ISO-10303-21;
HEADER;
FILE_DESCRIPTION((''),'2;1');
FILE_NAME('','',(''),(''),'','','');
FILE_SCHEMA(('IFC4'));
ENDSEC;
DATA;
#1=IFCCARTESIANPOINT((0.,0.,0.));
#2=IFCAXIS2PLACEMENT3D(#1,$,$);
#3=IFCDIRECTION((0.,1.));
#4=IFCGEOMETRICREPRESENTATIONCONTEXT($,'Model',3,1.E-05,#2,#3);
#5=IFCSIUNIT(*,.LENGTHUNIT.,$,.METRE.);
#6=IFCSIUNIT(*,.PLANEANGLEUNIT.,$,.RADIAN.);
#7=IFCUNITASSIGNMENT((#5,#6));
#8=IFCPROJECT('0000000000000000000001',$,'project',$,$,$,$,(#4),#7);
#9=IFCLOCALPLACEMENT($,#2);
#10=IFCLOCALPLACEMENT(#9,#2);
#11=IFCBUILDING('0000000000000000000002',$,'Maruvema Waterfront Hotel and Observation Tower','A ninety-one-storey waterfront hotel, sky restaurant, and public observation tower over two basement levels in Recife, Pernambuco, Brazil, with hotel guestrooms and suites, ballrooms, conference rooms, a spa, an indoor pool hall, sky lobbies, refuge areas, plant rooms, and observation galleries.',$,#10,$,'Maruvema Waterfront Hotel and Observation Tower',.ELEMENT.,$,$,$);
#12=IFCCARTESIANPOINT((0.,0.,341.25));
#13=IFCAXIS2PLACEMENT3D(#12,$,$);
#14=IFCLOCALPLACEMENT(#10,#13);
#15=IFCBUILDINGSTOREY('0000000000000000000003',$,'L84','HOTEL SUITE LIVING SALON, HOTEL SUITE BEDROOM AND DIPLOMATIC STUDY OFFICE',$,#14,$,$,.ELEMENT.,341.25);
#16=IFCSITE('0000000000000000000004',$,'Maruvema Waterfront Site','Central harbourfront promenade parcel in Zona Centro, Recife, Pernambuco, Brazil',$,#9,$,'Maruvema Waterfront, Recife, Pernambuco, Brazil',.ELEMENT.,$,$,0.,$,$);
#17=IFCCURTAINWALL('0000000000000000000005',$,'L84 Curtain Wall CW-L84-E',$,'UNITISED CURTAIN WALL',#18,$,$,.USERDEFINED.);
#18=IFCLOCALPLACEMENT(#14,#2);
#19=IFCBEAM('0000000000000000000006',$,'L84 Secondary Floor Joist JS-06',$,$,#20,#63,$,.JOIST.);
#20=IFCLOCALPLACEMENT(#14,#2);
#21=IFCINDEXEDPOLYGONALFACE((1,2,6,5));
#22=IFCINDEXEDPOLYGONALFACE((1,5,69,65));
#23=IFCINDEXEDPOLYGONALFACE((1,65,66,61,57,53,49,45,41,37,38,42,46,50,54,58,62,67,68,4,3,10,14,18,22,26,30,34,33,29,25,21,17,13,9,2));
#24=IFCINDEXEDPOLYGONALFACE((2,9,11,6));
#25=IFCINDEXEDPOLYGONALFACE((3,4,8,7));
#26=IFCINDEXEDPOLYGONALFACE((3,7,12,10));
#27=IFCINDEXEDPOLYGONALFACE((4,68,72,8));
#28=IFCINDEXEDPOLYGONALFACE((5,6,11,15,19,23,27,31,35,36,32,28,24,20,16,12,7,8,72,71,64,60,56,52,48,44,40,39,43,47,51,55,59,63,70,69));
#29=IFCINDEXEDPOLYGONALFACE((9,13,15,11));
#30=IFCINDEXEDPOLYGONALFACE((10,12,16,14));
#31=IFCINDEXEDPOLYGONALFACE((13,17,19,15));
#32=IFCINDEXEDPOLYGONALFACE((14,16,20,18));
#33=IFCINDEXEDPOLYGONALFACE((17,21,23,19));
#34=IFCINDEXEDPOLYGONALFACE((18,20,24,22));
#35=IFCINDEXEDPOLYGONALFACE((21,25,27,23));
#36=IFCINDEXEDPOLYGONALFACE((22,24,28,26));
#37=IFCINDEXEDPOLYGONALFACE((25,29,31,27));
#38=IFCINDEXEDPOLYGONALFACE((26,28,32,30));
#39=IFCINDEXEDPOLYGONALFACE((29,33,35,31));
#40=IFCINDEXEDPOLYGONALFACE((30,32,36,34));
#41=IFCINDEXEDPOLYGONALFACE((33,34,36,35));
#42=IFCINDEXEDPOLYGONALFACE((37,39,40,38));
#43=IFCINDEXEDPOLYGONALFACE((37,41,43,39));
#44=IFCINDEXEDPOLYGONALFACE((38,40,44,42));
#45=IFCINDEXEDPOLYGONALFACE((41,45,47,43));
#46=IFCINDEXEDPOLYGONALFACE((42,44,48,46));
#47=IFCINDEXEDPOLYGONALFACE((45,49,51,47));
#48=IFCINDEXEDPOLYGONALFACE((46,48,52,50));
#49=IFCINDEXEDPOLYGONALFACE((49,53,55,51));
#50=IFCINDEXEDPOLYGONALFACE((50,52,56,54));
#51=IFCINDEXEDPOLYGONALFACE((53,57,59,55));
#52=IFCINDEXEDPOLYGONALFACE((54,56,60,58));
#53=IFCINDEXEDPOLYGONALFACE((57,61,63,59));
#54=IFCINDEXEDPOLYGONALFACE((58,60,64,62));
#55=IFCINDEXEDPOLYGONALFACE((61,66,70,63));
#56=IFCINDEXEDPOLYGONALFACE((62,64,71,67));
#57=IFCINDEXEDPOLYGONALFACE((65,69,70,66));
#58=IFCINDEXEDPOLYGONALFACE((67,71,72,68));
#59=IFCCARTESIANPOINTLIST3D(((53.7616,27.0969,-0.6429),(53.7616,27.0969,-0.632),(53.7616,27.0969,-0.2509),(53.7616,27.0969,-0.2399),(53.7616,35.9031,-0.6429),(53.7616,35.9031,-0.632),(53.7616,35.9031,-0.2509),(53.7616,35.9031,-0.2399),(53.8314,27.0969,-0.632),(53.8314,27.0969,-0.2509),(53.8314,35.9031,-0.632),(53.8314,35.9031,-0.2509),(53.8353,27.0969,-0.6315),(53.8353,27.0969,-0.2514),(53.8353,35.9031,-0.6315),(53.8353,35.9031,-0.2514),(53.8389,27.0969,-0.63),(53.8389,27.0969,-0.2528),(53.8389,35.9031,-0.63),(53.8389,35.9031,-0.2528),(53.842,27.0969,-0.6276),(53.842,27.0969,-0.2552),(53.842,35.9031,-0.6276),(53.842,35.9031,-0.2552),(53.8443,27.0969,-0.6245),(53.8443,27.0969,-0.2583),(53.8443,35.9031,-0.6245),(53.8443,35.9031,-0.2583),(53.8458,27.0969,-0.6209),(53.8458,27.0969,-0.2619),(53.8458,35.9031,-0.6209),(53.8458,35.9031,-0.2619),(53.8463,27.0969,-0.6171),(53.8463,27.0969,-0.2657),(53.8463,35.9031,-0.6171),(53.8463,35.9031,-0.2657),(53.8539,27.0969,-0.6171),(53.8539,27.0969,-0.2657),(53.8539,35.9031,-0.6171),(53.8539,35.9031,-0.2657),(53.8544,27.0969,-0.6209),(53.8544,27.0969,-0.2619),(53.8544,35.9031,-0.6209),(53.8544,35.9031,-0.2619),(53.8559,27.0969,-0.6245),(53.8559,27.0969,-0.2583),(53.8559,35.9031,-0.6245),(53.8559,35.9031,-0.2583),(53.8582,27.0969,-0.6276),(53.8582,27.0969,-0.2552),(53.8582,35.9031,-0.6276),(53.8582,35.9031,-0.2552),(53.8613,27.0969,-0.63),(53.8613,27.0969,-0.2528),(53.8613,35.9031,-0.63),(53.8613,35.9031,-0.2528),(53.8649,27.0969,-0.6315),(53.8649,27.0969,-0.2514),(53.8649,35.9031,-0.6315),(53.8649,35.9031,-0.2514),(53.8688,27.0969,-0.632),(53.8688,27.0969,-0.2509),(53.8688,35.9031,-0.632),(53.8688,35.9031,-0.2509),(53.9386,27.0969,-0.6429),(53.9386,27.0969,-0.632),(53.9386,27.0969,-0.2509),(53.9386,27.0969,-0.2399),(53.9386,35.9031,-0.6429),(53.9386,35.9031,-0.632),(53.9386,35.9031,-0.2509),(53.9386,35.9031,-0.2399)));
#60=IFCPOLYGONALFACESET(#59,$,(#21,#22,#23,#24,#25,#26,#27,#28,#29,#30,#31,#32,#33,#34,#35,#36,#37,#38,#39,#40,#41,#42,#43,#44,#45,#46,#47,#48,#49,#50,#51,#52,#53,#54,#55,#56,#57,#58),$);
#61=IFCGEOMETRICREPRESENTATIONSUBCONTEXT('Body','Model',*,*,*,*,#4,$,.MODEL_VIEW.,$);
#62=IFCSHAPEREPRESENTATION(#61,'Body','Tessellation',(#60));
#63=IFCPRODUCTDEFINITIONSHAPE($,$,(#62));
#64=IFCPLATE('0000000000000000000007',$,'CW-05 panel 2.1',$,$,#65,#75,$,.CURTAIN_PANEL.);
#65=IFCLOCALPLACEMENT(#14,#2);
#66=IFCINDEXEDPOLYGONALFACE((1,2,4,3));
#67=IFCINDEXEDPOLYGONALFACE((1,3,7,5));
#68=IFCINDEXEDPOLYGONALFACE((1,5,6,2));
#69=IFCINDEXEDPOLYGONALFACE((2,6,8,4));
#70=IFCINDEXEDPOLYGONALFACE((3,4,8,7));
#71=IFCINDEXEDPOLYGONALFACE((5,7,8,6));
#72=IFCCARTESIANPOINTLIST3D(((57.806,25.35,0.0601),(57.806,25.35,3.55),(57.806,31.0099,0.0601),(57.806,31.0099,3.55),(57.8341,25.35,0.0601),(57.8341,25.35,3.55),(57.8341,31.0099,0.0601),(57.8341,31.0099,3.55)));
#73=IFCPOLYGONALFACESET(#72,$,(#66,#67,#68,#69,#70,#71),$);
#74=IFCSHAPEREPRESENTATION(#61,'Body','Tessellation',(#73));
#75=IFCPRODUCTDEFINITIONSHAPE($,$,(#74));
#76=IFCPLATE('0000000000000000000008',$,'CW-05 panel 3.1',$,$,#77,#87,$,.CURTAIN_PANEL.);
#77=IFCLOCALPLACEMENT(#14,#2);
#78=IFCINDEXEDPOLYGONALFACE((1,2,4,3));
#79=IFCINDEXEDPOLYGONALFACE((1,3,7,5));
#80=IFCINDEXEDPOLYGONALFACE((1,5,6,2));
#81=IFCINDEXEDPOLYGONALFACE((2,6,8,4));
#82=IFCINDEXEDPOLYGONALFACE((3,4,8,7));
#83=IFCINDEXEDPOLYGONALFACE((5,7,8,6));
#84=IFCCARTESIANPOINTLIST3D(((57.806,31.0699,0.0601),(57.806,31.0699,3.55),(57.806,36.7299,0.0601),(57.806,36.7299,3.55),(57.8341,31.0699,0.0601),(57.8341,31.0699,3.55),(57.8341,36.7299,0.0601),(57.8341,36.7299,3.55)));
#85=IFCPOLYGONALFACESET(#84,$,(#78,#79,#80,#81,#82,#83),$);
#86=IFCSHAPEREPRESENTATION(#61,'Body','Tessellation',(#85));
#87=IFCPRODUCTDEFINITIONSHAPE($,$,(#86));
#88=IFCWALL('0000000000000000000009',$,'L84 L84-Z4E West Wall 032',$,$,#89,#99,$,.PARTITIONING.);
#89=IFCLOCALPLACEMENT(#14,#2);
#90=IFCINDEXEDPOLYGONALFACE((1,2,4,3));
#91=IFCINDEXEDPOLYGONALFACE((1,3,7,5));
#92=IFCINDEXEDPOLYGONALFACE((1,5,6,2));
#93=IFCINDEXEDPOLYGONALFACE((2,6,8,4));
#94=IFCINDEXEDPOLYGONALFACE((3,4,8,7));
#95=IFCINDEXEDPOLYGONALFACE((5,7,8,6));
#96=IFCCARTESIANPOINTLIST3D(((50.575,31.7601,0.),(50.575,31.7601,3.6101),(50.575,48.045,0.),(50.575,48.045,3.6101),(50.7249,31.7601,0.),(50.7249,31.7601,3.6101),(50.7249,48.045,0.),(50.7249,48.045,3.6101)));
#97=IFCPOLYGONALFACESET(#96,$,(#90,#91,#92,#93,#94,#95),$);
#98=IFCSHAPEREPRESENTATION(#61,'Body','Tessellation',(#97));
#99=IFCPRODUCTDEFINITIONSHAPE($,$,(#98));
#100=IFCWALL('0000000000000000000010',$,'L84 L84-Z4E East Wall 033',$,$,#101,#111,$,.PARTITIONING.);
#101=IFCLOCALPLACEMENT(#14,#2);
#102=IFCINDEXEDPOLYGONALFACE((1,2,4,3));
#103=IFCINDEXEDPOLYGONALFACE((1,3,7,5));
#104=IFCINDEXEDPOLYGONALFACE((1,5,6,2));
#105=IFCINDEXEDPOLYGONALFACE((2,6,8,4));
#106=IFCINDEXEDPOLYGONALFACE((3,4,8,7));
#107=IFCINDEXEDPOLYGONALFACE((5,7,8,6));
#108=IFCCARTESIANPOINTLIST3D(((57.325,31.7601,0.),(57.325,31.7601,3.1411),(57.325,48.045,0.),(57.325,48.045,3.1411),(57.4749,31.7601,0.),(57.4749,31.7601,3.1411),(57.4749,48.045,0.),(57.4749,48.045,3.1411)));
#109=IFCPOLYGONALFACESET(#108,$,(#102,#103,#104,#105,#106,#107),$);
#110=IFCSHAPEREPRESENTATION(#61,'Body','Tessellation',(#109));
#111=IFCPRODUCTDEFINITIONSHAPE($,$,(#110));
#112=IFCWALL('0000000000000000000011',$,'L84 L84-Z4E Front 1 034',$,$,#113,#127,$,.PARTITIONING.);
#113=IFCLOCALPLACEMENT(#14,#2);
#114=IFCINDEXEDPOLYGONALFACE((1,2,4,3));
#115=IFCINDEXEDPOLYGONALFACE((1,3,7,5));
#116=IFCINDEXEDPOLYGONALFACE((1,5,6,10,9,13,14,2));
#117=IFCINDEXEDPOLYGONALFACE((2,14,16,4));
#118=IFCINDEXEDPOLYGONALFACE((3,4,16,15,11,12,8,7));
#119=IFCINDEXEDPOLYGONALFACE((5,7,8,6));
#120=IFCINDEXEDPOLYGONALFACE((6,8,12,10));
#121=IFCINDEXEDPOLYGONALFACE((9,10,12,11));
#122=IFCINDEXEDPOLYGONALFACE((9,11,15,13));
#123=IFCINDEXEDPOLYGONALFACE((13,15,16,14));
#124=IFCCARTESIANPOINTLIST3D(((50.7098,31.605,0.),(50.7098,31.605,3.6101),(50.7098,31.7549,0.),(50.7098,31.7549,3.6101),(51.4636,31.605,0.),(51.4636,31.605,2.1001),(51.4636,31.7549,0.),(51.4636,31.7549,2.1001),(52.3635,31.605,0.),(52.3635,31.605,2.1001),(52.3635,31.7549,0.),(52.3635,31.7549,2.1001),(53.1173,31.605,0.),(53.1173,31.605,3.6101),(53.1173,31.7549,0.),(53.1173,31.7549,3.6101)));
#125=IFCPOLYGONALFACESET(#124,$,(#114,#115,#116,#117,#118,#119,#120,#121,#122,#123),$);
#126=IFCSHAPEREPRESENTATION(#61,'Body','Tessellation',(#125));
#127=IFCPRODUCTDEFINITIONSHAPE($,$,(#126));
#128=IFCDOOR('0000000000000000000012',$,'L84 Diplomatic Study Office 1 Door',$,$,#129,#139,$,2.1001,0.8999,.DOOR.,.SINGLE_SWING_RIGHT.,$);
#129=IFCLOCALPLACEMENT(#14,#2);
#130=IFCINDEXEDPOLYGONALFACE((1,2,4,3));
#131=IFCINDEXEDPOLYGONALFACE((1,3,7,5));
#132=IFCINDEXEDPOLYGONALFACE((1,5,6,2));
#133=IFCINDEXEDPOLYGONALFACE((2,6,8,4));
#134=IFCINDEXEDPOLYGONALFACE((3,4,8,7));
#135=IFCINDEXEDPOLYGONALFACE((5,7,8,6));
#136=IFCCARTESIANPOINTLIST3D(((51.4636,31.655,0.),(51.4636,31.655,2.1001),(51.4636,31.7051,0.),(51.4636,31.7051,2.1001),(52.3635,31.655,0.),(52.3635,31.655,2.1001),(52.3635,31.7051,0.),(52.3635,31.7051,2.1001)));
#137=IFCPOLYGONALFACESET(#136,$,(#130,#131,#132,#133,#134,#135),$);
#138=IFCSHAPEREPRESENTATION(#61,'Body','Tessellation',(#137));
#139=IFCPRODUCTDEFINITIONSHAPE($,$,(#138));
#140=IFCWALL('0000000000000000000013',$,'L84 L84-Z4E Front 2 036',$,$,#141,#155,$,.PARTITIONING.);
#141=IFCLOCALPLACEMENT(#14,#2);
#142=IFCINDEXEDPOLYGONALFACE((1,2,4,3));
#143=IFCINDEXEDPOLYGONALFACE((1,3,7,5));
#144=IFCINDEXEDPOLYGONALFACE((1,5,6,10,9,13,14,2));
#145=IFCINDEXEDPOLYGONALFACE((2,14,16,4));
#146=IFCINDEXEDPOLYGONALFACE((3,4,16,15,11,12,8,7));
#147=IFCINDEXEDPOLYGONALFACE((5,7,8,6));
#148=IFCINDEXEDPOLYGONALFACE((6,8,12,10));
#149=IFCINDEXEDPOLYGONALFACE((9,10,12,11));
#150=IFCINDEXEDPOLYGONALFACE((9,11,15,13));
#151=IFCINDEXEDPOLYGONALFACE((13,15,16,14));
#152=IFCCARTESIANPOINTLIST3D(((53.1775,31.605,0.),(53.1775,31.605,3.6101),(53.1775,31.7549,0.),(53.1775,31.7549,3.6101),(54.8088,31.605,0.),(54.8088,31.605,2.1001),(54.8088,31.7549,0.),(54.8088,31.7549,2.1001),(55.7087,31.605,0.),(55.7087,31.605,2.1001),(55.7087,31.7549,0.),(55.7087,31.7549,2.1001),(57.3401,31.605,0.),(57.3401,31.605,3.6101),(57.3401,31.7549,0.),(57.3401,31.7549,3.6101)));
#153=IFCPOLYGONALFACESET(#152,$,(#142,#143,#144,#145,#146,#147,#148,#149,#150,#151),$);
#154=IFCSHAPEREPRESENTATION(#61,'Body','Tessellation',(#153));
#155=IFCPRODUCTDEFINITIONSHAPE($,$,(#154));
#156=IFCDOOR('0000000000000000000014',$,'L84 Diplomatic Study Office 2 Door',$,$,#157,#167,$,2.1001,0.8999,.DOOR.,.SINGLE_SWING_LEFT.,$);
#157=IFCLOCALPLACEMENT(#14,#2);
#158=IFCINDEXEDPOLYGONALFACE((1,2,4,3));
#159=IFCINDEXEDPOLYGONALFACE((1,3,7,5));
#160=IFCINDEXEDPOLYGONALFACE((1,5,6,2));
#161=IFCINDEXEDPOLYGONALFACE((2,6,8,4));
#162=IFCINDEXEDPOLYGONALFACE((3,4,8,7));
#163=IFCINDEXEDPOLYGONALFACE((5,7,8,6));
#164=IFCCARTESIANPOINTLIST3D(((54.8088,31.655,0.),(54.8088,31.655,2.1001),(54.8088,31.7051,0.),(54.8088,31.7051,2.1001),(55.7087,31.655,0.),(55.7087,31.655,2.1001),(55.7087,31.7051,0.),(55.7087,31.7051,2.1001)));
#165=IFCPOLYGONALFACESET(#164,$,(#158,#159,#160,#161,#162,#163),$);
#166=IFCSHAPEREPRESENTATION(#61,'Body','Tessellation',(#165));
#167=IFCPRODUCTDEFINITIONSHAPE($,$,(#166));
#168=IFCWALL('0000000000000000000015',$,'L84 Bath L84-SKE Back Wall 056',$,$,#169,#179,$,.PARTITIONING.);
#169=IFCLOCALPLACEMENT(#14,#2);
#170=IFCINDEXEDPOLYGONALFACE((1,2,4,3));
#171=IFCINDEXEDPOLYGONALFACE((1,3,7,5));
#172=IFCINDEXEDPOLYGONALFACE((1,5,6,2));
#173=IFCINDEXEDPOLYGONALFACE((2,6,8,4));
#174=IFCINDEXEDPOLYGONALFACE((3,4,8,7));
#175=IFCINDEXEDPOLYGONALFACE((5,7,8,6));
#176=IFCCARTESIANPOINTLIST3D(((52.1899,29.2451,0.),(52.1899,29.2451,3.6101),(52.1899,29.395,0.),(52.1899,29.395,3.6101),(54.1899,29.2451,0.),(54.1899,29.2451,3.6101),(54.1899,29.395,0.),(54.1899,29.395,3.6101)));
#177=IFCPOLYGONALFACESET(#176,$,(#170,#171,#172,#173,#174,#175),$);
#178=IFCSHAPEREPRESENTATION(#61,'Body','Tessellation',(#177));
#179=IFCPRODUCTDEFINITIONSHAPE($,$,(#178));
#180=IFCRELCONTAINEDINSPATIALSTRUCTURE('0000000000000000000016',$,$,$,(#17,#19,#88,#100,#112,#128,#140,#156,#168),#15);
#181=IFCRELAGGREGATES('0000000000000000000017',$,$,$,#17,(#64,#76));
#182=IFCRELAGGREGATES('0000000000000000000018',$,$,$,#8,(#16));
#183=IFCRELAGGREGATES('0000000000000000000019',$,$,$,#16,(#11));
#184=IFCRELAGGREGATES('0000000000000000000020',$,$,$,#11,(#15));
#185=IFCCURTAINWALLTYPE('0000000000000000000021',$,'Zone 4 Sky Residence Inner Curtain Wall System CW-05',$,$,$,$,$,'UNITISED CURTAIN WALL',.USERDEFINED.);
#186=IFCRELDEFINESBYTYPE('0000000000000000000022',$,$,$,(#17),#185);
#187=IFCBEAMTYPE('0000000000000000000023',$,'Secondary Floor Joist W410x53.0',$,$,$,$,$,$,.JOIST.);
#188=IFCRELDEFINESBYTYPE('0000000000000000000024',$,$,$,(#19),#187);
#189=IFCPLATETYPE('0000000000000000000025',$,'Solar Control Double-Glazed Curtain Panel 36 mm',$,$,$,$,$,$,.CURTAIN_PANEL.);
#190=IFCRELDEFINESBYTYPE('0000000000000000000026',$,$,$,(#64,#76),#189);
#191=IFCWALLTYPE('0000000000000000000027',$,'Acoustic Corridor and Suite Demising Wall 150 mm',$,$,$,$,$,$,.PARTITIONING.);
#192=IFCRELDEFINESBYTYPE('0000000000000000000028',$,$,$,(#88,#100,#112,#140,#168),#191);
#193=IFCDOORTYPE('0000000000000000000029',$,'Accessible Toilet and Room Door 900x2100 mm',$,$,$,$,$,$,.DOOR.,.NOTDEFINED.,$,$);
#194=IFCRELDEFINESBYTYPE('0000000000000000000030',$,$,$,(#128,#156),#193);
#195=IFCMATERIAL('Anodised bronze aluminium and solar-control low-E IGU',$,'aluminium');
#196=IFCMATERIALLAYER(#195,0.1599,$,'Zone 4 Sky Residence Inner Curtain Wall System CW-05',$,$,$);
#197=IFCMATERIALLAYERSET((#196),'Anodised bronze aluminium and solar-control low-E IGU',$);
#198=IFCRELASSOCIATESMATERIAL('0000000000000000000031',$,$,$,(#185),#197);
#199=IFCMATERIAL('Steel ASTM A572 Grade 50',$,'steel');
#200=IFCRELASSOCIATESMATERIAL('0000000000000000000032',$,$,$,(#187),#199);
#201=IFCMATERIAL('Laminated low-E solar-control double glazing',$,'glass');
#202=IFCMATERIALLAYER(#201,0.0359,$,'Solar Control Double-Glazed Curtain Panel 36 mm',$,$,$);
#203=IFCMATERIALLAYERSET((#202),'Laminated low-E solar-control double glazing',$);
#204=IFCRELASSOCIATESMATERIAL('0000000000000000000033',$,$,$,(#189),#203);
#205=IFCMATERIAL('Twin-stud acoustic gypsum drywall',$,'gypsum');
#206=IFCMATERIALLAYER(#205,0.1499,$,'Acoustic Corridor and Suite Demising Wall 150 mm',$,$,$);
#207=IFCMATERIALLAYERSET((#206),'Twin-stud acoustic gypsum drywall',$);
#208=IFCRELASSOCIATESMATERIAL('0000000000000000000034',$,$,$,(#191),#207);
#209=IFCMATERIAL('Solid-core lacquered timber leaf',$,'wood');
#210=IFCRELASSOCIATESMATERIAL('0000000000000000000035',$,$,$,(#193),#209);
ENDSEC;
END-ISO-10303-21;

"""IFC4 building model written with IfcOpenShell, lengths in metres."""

from ifc_helpers import new_model, si_unit, direction, frame, frame_2d, origin, origin_2d, place, context, subcontext, project, spatial, rectangle, i_section, extrude, material, layer, layer_set, material_profile, profile_set, type_object, element, fill, aggregate, save


model = new_model("IFC4")

# Units and contexts
model_context = context("Model", 3, precision=1e-05, world=origin(), true_north=direction((0.0, 1.0)))
body_context = subcontext(model_context, "Body", "Model", "MODEL_VIEW")
ifc_project = project(units=[si_unit("LENGTHUNIT", "METRE"), si_unit("PLANEANGLEUNIT", "RADIAN")], contexts=[model_context])

# Site, building, storey
site_placement = place(None, origin())
site = spatial("IfcSite", under=ifc_project, at=site_placement, Name="Maruvema Waterfront Site", Description="Central harbourfront promenade parcel in Zona Centro, Recife, Pernambuco, Brazil", LongName="Maruvema Waterfront, Recife, Pernambuco, Brazil", CompositionType="ELEMENT", RefElevation=0.0)
building_placement = place(site_placement, origin())
building = spatial("IfcBuilding", under=site, at=building_placement, Name="Maruvema Waterfront Hotel and Observation Tower", Description="A ninety-one-storey waterfront hotel, sky restaurant, and public observation tower over two basement levels in Recife, Pernambuco, Brazil, with hotel guestrooms and suites, ballrooms, conference rooms, a spa, an indoor pool hall, sky lobbies, refuge areas, plant rooms, and observation galleries.", LongName="Maruvema Waterfront Hotel and Observation Tower", CompositionType="ELEMENT")
storey_placement = place(building_placement, frame((0.0, 0.0, 341.25)))
storey = spatial("IfcBuildingStorey", under=building, at=storey_placement, Name="L84", Description="HOTEL SUITE LIVING SALON, HOTEL SUITE BEDROOM AND DIPLOMATIC STUDY OFFICE", CompositionType="ELEMENT", Elevation=341.25)

# Curtain wall
ifc_material_1 = material(Name="Anodised bronze aluminium and solar-control low-E IGU", Category="aluminium")
ifc_layer_1 = layer(ifc_material_1, 0.1599, Name="Zone 4 Sky Residence Inner Curtain Wall System CW-05")
ifc_layer_set_1 = layer_set([ifc_layer_1], Name="Anodised bronze aluminium and solar-control low-E IGU")
curtain_wall_type = type_object("IfcCurtainWallType", Name="Zone 4 Sky Residence Inner Curtain Wall System CW-05", ElementType="UNITISED CURTAIN WALL", PredefinedType="USERDEFINED", material=ifc_layer_set_1)
curtain_wall_placement = place(storey_placement, origin())
curtain_wall = element("IfcCurtainWall", 1, at=curtain_wall_placement, inside=storey, type_object=curtain_wall_type, Name="L84 Curtain Wall CW-L84-E", ObjectType="UNITISED CURTAIN WALL", PredefinedType="USERDEFINED")

# Beam
ifc_material_2 = material(Name="Steel ASTM A572 Grade 50", Category="steel")
ifc_material_profile_1 = material_profile(ifc_material_2, i_section(OverallWidth=0.177, OverallDepth=0.4031, WebThickness=0.0076, FlangeThickness=0.011, FilletRadius=0.0149, at=origin_2d()), Name="W410x53.0")
ifc_profile_set_1 = profile_set([ifc_material_profile_1], Name="Steel ASTM A572 Grade 50")
beam_type_1 = type_object("IfcBeamType", Name="Secondary Floor Joist W410x53.0", PredefinedType="JOIST", material=ifc_profile_set_1)
beam_1_placement = place(storey_placement, frame((53.8501, 27.0969, -0.4414), z_axis=(0.0, 1.0, 0.0), x_axis=(-1.0, 0.0, 0.0)))
element("IfcBeam", 2, at=beam_1_placement, inside=storey, type_object=beam_type_1, Name="L84 Secondary Floor Joist JS-06", PredefinedType="JOIST", context=body_context, shape_type="SweptSolid", body=[
    extrude(i_section(OverallWidth=0.177, OverallDepth=0.4031, WebThickness=0.0076, FlangeThickness=0.011, FilletRadius=0.0149, at=origin_2d()), origin(), (0.0, 0.0, 1.0), 8.8062),
])

# Plates
ifc_material_3 = material(Name="Laminated low-E solar-control double glazing", Category="glass")
ifc_layer_2 = layer(ifc_material_3, 0.0359, Name="Solar Control Double-Glazed Curtain Panel 36 mm")
ifc_layer_set_2 = layer_set([ifc_layer_2], Name="Laminated low-E solar-control double glazing")
plate_type = type_object("IfcPlateType", Name="Solar Control Double-Glazed Curtain Panel 36 mm", PredefinedType="CURTAIN_PANEL", material=ifc_layer_set_2)
plate_1_placement = place(storey_placement, frame((57.8201, 28.1799, 0.0601), z_axis=(0.0, 0.0, 1.0), x_axis=(0.0, 1.0, 0.0)))
plate_1 = element("IfcPlate", 3, at=plate_1_placement, type_object=plate_type, Name="CW-05 panel 2.1", PredefinedType="CURTAIN_PANEL", context=body_context, shape_type="SweptSolid", body=[
    extrude(rectangle(XDim=5.6599, YDim=0.0281, at=origin_2d()), origin(), (0.0, 0.0, 1.0), 3.49),
])
plate_2_placement = place(storey_placement, frame((57.8201, 33.8999, 0.0601), z_axis=(0.0, 0.0, 1.0), x_axis=(0.0, 1.0, 0.0)))
plate_2 = element("IfcPlate", 4, at=plate_2_placement, type_object=plate_type, Name="CW-05 panel 3.1", PredefinedType="CURTAIN_PANEL", context=body_context, shape_type="SweptSolid", body=[
    extrude(rectangle(XDim=5.6599, YDim=0.0281, at=origin_2d()), origin(), (0.0, 0.0, 1.0), 3.49),
])
aggregate(curtain_wall, [plate_1, plate_2])

# Walls
ifc_material_4 = material(Name="Twin-stud acoustic gypsum drywall", Category="gypsum")
ifc_layer_3 = layer(ifc_material_4, 0.1499, Name="Acoustic Corridor and Suite Demising Wall 150 mm")
ifc_layer_set_3 = layer_set([ifc_layer_3], Name="Twin-stud acoustic gypsum drywall")
wall_type_1 = type_object("IfcWallType", Name="Acoustic Corridor and Suite Demising Wall 150 mm", PredefinedType="PARTITIONING", material=ifc_layer_set_3)
wall_1_placement = place(storey_placement, frame((50.6499, 31.76, 0.0), z_axis=(0.0, 0.0, 1.0), x_axis=(0.0, 1.0, 0.0)))
element("IfcWall", 5, at=wall_1_placement, inside=storey, type_object=wall_type_1, Name="L84 L84-Z4E West Wall 032", PredefinedType="PARTITIONING", context=body_context, shape_type="SweptSolid", body=[
    extrude(rectangle(XDim=16.2849, YDim=0.1499, at=frame_2d((8.1426, 0.0))), origin(), (0.0, 0.0, 1.0), 3.6101),
])
wall_2_placement = place(storey_placement, frame((57.3999, 31.76, 0.0), z_axis=(0.0, 0.0, 1.0), x_axis=(0.0, 1.0, 0.0)))
element("IfcWall", 6, at=wall_2_placement, inside=storey, type_object=wall_type_1, Name="L84 L84-Z4E East Wall 033", PredefinedType="PARTITIONING", context=body_context, shape_type="SweptSolid", body=[
    extrude(rectangle(XDim=16.2849, YDim=0.1499, at=frame_2d((8.1426, 0.0))), origin(), (0.0, 0.0, 1.0), 3.1411),
])

# Walls, openings, doors
wall_3_placement = place(storey_placement, frame((50.71, 31.6799, 0.0), z_axis=(0.0, 0.0, 1.0), x_axis=(1.0, 0.0, 0.0)))
wall_3 = element("IfcWall", 7, at=wall_3_placement, inside=storey, type_object=wall_type_1, Name="L84 L84-Z4E Front 1 034", PredefinedType="PARTITIONING", context=body_context, shape_type="SweptSolid", body=[
    extrude(rectangle(XDim=2.4075, YDim=0.1499, at=frame_2d((1.2036, 0.0))), origin(), (0.0, 0.0, 1.0), 3.6101),
])
opening_1_placement = place(wall_3_placement, frame((0.7537, 0.0, 0.0)))
opening_1 = element("IfcOpeningElement", 8, at=opening_1_placement, cuts=wall_3, PredefinedType="OPENING", context=body_context, shape_type="SweptSolid", body=[
    extrude(rectangle(XDim=0.8999, YDim=2.1001, at=frame_2d((0.45, 1.05))), frame((0.0, 0.085, 0.0), z_axis=(0.0, -1.0, 0.0), x_axis=(1.0, 0.0, 0.0)), (0.0, 0.0, 1.0), 0.1699),
])
ifc_material_5 = material(Name="Solid-core lacquered timber leaf", Category="wood")
door_type_1 = type_object("IfcDoorType", Name="Accessible Toilet and Room Door 900x2100 mm", OperationType="NOTDEFINED", PredefinedType="DOOR", material=ifc_material_5)
door_1_placement = place(opening_1_placement, frame((0.8999, 0.0, 0.0), z_axis=(0.0, 0.0, 1.0), x_axis=(-1.0, 0.0, 0.0)))
door_1 = element("IfcDoor", 9, at=door_1_placement, inside=storey, type_object=door_type_1, Name="L84 Diplomatic Study Office 1 Door", OperationType="SINGLE_SWING_RIGHT", OverallHeight=2.1001, OverallWidth=0.8999, PredefinedType="DOOR", context=body_context, shape_type="SweptSolid", body=[
    extrude(rectangle(XDim=0.8999, YDim=2.1001, at=frame_2d((0.45, 1.05))), frame((0.0, 0.0249, 0.0), z_axis=(0.0, -1.0, 0.0), x_axis=(1.0, 0.0, 0.0)), (0.0, 0.0, 1.0), 0.05),
])
fill(opening_1, door_1)
wall_4_placement = place(storey_placement, frame((53.1775, 31.6799, 0.0), z_axis=(0.0, 0.0, 1.0), x_axis=(1.0, 0.0, 0.0)))
wall_4 = element("IfcWall", 10, at=wall_4_placement, inside=storey, type_object=wall_type_1, Name="L84 L84-Z4E Front 2 036", PredefinedType="PARTITIONING", context=body_context, shape_type="SweptSolid", body=[
    extrude(rectangle(XDim=4.1626, YDim=0.1499, at=frame_2d((2.0813, 0.0))), origin(), (0.0, 0.0, 1.0), 3.6101),
])
opening_2_placement = place(wall_4_placement, frame((1.6313, 0.0, 0.0)))
opening_2 = element("IfcOpeningElement", 11, at=opening_2_placement, cuts=wall_4, PredefinedType="OPENING", context=body_context, shape_type="SweptSolid", body=[
    extrude(rectangle(XDim=0.8999, YDim=2.1001, at=frame_2d((0.45, 1.05))), frame((0.0, 0.085, 0.0), z_axis=(0.0, -1.0, 0.0), x_axis=(1.0, 0.0, 0.0)), (0.0, 0.0, 1.0), 0.1699),
])
door_2_placement = place(opening_2_placement, frame((0.8999, 0.0, 0.0), z_axis=(0.0, 0.0, 1.0), x_axis=(-1.0, 0.0, 0.0)))
door_2 = element("IfcDoor", 12, at=door_2_placement, inside=storey, type_object=door_type_1, Name="L84 Diplomatic Study Office 2 Door", OperationType="SINGLE_SWING_LEFT", OverallHeight=2.1001, OverallWidth=0.8999, PredefinedType="DOOR", context=body_context, shape_type="SweptSolid", body=[
    extrude(rectangle(XDim=0.8999, YDim=2.1001, at=frame_2d((0.45, 1.05))), frame((0.0, 0.0249, 0.0), z_axis=(0.0, -1.0, 0.0), x_axis=(1.0, 0.0, 0.0)), (0.0, 0.0, 1.0), 0.05),
])
fill(opening_2, door_2)

# Wall
wall_5_placement = place(storey_placement, frame((52.1899, 29.3201, 0.0), z_axis=(0.0, 0.0, 1.0), x_axis=(1.0, 0.0, 0.0)))
element("IfcWall", 13, at=wall_5_placement, inside=storey, type_object=wall_type_1, Name="L84 Bath L84-SKE Back Wall 056", PredefinedType="PARTITIONING", context=body_context, shape_type="SweptSolid", body=[
    extrude(rectangle(XDim=2.0, YDim=0.1499, at=frame_2d((1.0, 0.0))), origin(), (0.0, 0.0, 1.0), 3.6101),
])

save(model, "model.ifc")
